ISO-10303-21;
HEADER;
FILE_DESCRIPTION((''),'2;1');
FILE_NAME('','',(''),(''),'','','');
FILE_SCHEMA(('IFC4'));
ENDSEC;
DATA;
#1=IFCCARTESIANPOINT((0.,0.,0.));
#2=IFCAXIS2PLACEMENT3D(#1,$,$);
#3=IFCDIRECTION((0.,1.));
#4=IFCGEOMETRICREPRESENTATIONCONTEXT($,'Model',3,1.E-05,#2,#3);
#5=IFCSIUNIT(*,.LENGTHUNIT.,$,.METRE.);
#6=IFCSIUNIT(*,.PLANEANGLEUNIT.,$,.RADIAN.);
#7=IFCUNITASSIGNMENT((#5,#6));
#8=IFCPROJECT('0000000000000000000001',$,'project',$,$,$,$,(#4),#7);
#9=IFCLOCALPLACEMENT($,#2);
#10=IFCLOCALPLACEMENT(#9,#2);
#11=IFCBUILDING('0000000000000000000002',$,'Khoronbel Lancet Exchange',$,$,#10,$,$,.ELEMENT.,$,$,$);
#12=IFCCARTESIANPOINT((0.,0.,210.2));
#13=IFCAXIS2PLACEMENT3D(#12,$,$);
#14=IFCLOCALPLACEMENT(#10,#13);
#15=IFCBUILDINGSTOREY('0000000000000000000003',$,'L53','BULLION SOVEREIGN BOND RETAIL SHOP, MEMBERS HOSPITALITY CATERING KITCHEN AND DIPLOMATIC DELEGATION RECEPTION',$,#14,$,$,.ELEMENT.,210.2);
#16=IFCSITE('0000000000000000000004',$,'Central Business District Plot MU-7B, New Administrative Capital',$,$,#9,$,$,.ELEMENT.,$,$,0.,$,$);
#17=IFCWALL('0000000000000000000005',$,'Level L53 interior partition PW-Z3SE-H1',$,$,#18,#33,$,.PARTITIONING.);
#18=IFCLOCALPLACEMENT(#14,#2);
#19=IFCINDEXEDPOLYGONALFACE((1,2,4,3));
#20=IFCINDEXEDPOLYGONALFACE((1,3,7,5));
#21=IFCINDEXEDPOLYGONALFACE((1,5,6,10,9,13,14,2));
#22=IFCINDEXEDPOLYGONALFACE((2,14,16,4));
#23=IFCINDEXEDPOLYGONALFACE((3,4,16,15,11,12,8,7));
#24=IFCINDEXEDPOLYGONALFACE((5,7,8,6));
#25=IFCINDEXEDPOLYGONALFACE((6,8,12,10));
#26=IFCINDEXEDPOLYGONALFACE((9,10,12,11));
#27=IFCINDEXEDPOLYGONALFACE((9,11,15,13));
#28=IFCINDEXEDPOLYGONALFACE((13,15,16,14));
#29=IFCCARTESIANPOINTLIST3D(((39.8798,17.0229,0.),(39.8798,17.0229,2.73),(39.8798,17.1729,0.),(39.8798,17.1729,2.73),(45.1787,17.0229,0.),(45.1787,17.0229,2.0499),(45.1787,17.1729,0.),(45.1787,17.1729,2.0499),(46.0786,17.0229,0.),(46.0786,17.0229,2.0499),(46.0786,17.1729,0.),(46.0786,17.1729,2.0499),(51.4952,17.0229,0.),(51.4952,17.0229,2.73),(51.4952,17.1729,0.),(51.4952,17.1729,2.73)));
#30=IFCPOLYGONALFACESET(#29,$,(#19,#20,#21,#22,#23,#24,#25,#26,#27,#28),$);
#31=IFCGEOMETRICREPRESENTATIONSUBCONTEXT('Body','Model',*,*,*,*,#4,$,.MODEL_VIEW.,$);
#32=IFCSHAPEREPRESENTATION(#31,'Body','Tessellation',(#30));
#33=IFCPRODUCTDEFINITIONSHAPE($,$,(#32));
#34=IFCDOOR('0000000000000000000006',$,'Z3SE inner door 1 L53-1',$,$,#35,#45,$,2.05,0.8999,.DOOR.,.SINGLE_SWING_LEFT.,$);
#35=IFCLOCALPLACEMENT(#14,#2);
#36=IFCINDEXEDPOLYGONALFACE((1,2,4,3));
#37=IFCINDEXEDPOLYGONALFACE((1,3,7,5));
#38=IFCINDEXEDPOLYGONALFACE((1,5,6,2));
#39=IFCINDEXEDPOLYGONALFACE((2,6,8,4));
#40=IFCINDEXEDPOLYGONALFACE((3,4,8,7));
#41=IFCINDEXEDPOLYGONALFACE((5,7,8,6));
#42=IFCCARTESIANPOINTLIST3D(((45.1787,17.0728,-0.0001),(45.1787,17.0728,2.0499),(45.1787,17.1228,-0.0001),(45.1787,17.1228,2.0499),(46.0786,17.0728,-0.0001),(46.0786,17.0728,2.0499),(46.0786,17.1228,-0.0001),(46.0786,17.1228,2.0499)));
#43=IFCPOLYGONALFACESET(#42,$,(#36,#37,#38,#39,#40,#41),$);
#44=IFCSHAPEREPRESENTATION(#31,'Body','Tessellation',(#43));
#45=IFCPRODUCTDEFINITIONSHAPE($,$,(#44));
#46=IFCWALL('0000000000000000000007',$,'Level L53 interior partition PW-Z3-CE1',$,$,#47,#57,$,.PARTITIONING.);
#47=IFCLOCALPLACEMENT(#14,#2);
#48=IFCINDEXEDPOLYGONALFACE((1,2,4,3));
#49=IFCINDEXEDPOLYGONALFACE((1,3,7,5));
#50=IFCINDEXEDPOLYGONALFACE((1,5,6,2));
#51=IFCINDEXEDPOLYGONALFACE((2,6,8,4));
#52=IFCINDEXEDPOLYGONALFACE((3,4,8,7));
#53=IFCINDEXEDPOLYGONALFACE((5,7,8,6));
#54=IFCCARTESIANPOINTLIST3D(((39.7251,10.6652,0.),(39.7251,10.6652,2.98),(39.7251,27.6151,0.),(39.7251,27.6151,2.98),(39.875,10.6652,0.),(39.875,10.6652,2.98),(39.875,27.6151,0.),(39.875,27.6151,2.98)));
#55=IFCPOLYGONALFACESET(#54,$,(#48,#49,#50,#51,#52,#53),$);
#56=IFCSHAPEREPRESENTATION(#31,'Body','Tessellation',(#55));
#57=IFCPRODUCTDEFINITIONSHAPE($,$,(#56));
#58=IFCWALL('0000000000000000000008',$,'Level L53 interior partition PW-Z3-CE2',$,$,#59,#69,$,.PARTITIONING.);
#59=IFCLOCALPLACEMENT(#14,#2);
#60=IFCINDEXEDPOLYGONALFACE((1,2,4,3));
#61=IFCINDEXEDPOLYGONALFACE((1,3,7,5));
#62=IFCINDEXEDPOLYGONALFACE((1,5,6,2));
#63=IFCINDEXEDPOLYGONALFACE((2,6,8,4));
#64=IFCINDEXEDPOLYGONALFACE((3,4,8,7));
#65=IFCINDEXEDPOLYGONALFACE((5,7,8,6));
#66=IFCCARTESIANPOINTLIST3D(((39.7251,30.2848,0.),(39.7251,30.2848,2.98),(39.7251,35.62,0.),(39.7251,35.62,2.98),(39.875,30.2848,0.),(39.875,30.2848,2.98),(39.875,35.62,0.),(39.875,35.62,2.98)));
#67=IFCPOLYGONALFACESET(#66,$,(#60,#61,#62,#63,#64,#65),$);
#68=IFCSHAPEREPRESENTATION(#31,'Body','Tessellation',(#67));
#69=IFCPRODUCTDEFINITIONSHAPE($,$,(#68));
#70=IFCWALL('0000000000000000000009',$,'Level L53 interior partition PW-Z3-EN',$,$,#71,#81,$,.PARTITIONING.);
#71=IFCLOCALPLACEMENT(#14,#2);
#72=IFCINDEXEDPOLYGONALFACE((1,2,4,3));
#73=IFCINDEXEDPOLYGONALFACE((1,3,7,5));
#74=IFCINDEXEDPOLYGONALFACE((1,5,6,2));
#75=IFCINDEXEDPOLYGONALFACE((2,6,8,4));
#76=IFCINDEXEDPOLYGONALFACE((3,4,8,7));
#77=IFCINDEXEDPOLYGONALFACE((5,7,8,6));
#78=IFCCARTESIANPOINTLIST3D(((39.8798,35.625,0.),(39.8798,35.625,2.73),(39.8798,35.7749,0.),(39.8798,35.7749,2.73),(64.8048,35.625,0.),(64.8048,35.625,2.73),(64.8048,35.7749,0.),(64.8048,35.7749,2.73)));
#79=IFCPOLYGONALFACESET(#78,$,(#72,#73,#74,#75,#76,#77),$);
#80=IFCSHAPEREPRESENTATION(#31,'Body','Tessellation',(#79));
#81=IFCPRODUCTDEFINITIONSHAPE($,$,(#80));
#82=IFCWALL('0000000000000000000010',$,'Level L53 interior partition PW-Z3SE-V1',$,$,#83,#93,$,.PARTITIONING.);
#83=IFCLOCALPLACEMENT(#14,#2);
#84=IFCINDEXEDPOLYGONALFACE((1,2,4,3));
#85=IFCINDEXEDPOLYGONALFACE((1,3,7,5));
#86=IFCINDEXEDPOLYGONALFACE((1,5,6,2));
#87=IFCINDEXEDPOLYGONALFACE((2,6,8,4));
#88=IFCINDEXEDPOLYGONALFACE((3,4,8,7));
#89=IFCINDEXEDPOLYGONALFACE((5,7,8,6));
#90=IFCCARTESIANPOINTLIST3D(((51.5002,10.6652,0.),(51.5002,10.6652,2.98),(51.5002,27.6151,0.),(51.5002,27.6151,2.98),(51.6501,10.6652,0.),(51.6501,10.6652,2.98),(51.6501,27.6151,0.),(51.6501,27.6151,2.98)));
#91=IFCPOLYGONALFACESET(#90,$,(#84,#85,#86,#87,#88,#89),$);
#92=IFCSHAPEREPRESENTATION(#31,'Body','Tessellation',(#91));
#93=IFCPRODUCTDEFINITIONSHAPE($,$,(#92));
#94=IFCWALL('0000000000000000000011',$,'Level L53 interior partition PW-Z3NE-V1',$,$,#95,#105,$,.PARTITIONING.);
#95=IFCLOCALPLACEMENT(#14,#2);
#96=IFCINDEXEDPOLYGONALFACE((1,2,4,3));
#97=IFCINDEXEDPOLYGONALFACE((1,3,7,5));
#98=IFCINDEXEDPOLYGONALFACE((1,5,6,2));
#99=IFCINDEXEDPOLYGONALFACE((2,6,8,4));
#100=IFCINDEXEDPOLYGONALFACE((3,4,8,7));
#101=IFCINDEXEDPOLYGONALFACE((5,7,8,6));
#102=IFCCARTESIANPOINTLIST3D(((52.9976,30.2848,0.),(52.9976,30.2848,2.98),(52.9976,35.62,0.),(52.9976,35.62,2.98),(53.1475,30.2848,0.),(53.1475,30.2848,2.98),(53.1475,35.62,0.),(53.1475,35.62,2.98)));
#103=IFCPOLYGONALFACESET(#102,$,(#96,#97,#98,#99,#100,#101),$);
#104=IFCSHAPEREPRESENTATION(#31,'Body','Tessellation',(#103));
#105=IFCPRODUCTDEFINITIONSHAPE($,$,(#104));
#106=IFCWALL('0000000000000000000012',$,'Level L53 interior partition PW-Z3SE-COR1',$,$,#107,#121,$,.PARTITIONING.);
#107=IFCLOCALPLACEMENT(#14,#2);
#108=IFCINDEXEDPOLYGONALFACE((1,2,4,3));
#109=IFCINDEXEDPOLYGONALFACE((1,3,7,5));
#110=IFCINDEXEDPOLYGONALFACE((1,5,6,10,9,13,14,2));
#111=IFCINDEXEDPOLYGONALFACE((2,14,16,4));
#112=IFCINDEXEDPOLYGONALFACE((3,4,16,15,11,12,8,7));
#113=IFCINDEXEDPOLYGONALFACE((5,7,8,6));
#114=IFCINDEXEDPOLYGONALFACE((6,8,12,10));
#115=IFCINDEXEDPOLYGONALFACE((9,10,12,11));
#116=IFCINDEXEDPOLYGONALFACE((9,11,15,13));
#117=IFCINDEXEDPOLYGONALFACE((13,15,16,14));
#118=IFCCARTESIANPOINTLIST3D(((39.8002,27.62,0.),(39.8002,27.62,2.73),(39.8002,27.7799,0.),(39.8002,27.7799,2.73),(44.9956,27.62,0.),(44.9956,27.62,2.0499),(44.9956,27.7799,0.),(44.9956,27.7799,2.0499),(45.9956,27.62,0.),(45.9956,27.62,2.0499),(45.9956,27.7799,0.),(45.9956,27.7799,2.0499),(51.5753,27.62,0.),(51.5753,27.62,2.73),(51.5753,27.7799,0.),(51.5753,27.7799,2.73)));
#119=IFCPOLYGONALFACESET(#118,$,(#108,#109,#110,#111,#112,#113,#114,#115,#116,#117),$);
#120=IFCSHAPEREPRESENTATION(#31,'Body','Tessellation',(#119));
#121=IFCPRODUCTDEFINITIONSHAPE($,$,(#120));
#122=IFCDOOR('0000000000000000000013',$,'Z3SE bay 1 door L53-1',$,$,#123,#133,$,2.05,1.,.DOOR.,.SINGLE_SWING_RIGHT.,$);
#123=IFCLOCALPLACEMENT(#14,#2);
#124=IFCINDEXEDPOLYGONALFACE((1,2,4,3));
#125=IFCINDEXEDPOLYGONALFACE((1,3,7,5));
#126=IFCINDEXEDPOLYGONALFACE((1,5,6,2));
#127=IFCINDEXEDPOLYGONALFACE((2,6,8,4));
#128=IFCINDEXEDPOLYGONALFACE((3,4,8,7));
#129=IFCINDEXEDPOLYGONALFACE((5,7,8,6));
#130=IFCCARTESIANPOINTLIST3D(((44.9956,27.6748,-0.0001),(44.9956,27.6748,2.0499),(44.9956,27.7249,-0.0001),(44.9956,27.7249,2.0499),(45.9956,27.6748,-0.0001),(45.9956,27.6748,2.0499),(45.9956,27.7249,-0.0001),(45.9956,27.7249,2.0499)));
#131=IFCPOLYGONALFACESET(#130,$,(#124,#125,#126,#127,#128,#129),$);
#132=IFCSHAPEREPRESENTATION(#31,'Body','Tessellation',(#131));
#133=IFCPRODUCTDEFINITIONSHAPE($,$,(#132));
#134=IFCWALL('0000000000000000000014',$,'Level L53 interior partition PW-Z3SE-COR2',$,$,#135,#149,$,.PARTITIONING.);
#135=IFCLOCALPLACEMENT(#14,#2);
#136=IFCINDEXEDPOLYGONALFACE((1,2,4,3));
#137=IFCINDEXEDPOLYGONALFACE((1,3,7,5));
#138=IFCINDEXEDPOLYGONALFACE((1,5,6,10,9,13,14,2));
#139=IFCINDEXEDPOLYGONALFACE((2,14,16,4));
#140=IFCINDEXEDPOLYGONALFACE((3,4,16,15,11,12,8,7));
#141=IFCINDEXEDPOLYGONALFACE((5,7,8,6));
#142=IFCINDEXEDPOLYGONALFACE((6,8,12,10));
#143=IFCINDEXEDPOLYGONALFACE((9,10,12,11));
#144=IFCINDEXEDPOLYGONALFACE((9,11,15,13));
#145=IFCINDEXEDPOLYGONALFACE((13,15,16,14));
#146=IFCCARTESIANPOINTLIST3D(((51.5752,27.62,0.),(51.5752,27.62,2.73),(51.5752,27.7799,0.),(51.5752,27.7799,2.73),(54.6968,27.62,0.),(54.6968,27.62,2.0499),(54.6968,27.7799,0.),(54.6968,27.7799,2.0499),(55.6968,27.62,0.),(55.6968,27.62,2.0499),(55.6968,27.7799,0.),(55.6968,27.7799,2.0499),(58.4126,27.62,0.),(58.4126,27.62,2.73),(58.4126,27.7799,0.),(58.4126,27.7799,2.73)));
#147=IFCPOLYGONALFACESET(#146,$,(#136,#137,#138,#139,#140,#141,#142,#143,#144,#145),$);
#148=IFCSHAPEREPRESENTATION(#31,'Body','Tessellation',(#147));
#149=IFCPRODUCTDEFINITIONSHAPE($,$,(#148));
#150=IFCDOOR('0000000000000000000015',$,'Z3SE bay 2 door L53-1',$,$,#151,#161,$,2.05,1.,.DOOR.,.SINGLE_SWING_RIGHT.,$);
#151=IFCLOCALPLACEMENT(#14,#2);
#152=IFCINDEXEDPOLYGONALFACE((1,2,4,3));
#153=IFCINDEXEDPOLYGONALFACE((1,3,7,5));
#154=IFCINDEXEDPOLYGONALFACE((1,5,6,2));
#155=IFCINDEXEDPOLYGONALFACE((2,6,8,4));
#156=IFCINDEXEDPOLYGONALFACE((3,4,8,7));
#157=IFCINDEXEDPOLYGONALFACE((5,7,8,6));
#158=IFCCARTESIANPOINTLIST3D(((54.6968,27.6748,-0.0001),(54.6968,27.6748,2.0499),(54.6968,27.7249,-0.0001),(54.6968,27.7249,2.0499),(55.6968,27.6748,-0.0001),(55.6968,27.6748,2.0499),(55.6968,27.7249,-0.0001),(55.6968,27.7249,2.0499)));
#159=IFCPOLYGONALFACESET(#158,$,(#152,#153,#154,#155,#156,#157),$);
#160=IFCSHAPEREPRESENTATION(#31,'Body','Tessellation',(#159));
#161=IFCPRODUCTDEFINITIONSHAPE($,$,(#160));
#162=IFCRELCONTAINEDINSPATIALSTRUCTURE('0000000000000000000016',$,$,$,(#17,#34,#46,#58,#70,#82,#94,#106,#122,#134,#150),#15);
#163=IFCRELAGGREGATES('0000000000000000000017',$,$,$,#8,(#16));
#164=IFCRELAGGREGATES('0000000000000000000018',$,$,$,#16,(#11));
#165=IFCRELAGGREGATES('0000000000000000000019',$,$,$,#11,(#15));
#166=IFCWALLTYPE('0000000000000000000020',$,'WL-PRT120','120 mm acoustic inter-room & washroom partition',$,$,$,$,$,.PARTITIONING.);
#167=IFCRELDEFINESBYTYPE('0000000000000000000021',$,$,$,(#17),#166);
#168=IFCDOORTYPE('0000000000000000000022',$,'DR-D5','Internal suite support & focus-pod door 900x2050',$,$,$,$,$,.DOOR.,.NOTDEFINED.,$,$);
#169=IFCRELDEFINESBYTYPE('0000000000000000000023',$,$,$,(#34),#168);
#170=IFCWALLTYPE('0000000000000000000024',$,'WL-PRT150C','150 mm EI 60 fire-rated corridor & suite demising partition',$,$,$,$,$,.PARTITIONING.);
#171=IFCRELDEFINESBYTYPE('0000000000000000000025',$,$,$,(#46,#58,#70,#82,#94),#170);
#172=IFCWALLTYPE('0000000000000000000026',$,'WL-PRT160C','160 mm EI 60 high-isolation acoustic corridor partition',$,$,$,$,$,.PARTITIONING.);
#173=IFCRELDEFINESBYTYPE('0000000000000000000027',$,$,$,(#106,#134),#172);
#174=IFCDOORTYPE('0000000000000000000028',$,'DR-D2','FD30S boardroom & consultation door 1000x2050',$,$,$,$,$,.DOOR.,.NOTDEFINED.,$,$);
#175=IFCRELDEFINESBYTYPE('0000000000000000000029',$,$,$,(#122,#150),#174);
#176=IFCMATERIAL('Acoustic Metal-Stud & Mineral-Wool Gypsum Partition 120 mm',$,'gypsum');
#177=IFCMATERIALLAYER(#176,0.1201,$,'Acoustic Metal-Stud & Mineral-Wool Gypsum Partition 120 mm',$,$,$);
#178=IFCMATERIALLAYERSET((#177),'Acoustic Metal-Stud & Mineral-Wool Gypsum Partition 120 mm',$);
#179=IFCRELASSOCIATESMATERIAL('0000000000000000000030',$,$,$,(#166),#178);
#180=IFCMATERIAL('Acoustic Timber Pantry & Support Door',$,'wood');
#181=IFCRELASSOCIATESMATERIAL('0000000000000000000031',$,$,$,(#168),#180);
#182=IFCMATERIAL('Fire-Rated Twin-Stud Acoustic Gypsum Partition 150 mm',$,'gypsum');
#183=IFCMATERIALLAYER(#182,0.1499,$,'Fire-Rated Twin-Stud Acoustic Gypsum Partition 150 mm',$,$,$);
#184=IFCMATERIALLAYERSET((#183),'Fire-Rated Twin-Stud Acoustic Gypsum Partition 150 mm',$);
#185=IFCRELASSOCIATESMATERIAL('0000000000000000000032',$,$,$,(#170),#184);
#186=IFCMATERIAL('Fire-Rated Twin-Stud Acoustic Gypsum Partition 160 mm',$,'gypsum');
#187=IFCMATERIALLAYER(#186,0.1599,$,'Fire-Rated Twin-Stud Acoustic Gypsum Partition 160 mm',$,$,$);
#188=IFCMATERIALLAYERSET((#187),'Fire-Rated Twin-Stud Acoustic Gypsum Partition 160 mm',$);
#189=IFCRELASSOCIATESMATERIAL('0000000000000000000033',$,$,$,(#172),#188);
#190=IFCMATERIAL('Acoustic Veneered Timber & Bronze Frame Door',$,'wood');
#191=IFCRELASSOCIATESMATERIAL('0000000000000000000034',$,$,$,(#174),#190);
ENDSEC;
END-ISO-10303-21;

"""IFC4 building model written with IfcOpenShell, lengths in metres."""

from ifc_helpers import new_model, si_unit, direction, frame, frame_2d, origin, place, context, subcontext, project, spatial, rectangle, extrude, material, layer, layer_set, type_object, element, fill, save


model = new_model("IFC4")

# Units and contexts
model_context = context("Model", 3, precision=1e-05, world=origin(), true_north=direction((0.0, 1.0)))
body_context = subcontext(model_context, "Body", "Model", "MODEL_VIEW")
ifc_project = project(units=[si_unit("LENGTHUNIT", "METRE"), si_unit("PLANEANGLEUNIT", "RADIAN")], contexts=[model_context])

# Site, building, storey
site_placement = place(None, origin())
site = spatial("IfcSite", under=ifc_project, at=site_placement, Name="Central Business District Plot MU-7B, New Administrative Capital", CompositionType="ELEMENT", RefElevation=0.0)
building_placement = place(site_placement, origin())
building = spatial("IfcBuilding", under=site, at=building_placement, Name="Khoronbel Lancet Exchange", CompositionType="ELEMENT")
storey_placement = place(building_placement, frame((0.0, 0.0, 210.2)))
storey = spatial("IfcBuildingStorey", under=building, at=storey_placement, Name="L53", Description="BULLION SOVEREIGN BOND RETAIL SHOP, MEMBERS HOSPITALITY CATERING KITCHEN AND DIPLOMATIC DELEGATION RECEPTION", CompositionType="ELEMENT", Elevation=210.2)

# Wall, opening, door
ifc_material_1 = material(Name="Acoustic Metal-Stud & Mineral-Wool Gypsum Partition 120 mm", Category="gypsum")
ifc_layer_1 = layer(ifc_material_1, 0.1201, Name="Acoustic Metal-Stud & Mineral-Wool Gypsum Partition 120 mm")
ifc_layer_set_1 = layer_set([ifc_layer_1], Name="Acoustic Metal-Stud & Mineral-Wool Gypsum Partition 120 mm")
wall_type_1 = type_object("IfcWallType", Name="WL-PRT120", Description="120 mm acoustic inter-room & washroom partition", PredefinedType="PARTITIONING", material=ifc_layer_set_1)
wall_1_placement = place(storey_placement, frame((39.8799, 17.0979, 0.0), z_axis=(0.0, 0.0, 1.0), x_axis=(1.0, 0.0, 0.0)))
wall_1 = element("IfcWall", 1, at=wall_1_placement, inside=storey, type_object=wall_type_1, Name="Level L53 interior partition PW-Z3SE-H1", PredefinedType="PARTITIONING", context=body_context, shape_type="SweptSolid", body=[
    extrude(rectangle(XDim=11.6155, YDim=0.1499, at=frame_2d((5.8076, 0.0))), origin(), (0.0, 0.0, 1.0), 2.73),
])
opening_1_placement = place(wall_1_placement, frame((5.2988, 0.0, 0.0)))
opening_1 = element("IfcOpeningElement", 2, at=opening_1_placement, cuts=wall_1, PredefinedType="OPENING", context=body_context, shape_type="SweptSolid", body=[
    extrude(rectangle(XDim=0.8999, YDim=2.05, at=frame_2d((0.45, 1.0249))), frame((0.0, 0.085, 0.0), z_axis=(0.0, -1.0, 0.0), x_axis=(1.0, 0.0, 0.0)), (0.0, 0.0, 1.0), 0.1699),
])
ifc_material_2 = material(Name="Acoustic Timber Pantry & Support Door", Category="wood")
door_type_1 = type_object("IfcDoorType", Name="DR-D5", Description="Internal suite support & focus-pod door 900x2050", OperationType="NOTDEFINED", PredefinedType="DOOR", material=ifc_material_2)
door_1_placement = place(opening_1_placement, origin())
door_1 = element("IfcDoor", 3, at=door_1_placement, inside=storey, type_object=door_type_1, Name="Z3SE inner door 1 L53-1", OperationType="SINGLE_SWING_LEFT", OverallHeight=2.05, OverallWidth=0.8999, PredefinedType="DOOR", context=body_context, shape_type="SweptSolid", body=[
    extrude(rectangle(XDim=0.8999, YDim=2.05, at=frame_2d((0.45, 1.0249))), frame((0.0, 0.0249, 0.0), z_axis=(0.0, -1.0, 0.0), x_axis=(1.0, 0.0, 0.0)), (0.0, 0.0, 1.0), 0.05),
])
fill(opening_1, door_1)

# Walls
ifc_material_3 = material(Name="Fire-Rated Twin-Stud Acoustic Gypsum Partition 150 mm", Category="gypsum")
ifc_layer_2 = layer(ifc_material_3, 0.1499, Name="Fire-Rated Twin-Stud Acoustic Gypsum Partition 150 mm")
ifc_layer_set_2 = layer_set([ifc_layer_2], Name="Fire-Rated Twin-Stud Acoustic Gypsum Partition 150 mm")
wall_type_2 = type_object("IfcWallType", Name="WL-PRT150C", Description="150 mm EI 60 fire-rated corridor & suite demising partition", PredefinedType="PARTITIONING", material=ifc_layer_set_2)
wall_2_placement = place(storey_placement, frame((39.8, 10.665, 0.0), z_axis=(0.0, 0.0, 1.0), x_axis=(0.0, 1.0, 0.0)))
element("IfcWall", 4, at=wall_2_placement, inside=storey, type_object=wall_type_2, Name="Level L53 interior partition PW-Z3-CE1", PredefinedType="PARTITIONING", context=body_context, shape_type="SweptSolid", body=[
    extrude(rectangle(XDim=16.95, YDim=0.1499, at=frame_2d((8.4751, 0.0))), origin(), (0.0, 0.0, 1.0), 2.98),
])
wall_3_placement = place(storey_placement, frame((39.8, 30.2849, 0.0), z_axis=(0.0, 0.0, 1.0), x_axis=(0.0, 1.0, 0.0)))
element("IfcWall", 5, at=wall_3_placement, inside=storey, type_object=wall_type_2, Name="Level L53 interior partition PW-Z3-CE2", PredefinedType="PARTITIONING", context=body_context, shape_type="SweptSolid", body=[
    extrude(rectangle(XDim=5.3352, YDim=0.1499, at=frame_2d((2.6675, 0.0))), origin(), (0.0, 0.0, 1.0), 2.98),
])
wall_4_placement = place(storey_placement, frame((39.8799, 35.7, 0.0), z_axis=(0.0, 0.0, 1.0), x_axis=(1.0, 0.0, 0.0)))
element("IfcWall", 6, at=wall_4_placement, inside=storey, type_object=wall_type_2, Name="Level L53 interior partition PW-Z3-EN", PredefinedType="PARTITIONING", context=body_context, shape_type="SweptSolid", body=[
    extrude(rectangle(XDim=24.925, YDim=0.1499, at=frame_2d((12.4624, 0.0))), origin(), (0.0, 0.0, 1.0), 2.73),
])
wall_5_placement = place(storey_placement, frame((51.5752, 10.665, 0.0), z_axis=(0.0, 0.0, 1.0), x_axis=(0.0, 1.0, 0.0)))
element("IfcWall", 7, at=wall_5_placement, inside=storey, type_object=wall_type_2, Name="Level L53 interior partition PW-Z3SE-V1", PredefinedType="PARTITIONING", context=body_context, shape_type="SweptSolid", body=[
    extrude(rectangle(XDim=16.95, YDim=0.1499, at=frame_2d((8.4751, 0.0))), origin(), (0.0, 0.0, 1.0), 2.98),
])
wall_6_placement = place(storey_placement, frame((53.0725, 30.2849, 0.0), z_axis=(0.0, 0.0, 1.0), x_axis=(0.0, 1.0, 0.0)))
element("IfcWall", 8, at=wall_6_placement, inside=storey, type_object=wall_type_2, Name="Level L53 interior partition PW-Z3NE-V1", PredefinedType="PARTITIONING", context=body_context, shape_type="SweptSolid", body=[
    extrude(rectangle(XDim=5.3352, YDim=0.1499, at=frame_2d((2.6675, 0.0))), origin(), (0.0, 0.0, 1.0), 2.98),
])

# Walls, openings, doors
ifc_material_4 = material(Name="Fire-Rated Twin-Stud Acoustic Gypsum Partition 160 mm", Category="gypsum")
ifc_layer_3 = layer(ifc_material_4, 0.1599, Name="Fire-Rated Twin-Stud Acoustic Gypsum Partition 160 mm")
ifc_layer_set_3 = layer_set([ifc_layer_3], Name="Fire-Rated Twin-Stud Acoustic Gypsum Partition 160 mm")
wall_type_3 = type_object("IfcWallType", Name="WL-PRT160C", Description="160 mm EI 60 high-isolation acoustic corridor partition", PredefinedType="PARTITIONING", material=ifc_layer_set_3)
wall_7_placement = place(storey_placement, frame((39.8, 27.7, 0.0), z_axis=(0.0, 0.0, 1.0), x_axis=(1.0, 0.0, 0.0)))
wall_7 = element("IfcWall", 9, at=wall_7_placement, inside=storey, type_object=wall_type_3, Name="Level L53 interior partition PW-Z3SE-COR1", PredefinedType="PARTITIONING", context=body_context, shape_type="SweptSolid", body=[
    extrude(rectangle(XDim=11.7751, YDim=0.1599, at=frame_2d((5.8877, 0.0))), origin(), (0.0, 0.0, 1.0), 2.73),
])
opening_2_placement = place(wall_7_placement, frame((5.1956, 0.0, 0.0)))
opening_2 = element("IfcOpeningElement", 10, at=opening_2_placement, cuts=wall_7, PredefinedType="OPENING", context=body_context, shape_type="SweptSolid", body=[
    extrude(rectangle(XDim=1.0, YDim=2.05, at=frame_2d((0.5, 1.0249))), frame((0.0, 0.0898, 0.0), z_axis=(0.0, -1.0, 0.0), x_axis=(1.0, 0.0, 0.0)), (0.0, 0.0, 1.0), 0.1799),
])
ifc_material_5 = material(Name="Acoustic Veneered Timber & Bronze Frame Door", Category="wood")
door_type_2 = type_object("IfcDoorType", Name="DR-D2", Description="FD30S boardroom & consultation door 1000x2050", OperationType="NOTDEFINED", PredefinedType="DOOR", material=ifc_material_5)
door_2_placement = place(opening_2_placement, origin())
door_2 = element("IfcDoor", 11, at=door_2_placement, inside=storey, type_object=door_type_2, Name="Z3SE bay 1 door L53-1", OperationType="SINGLE_SWING_RIGHT", OverallHeight=2.05, OverallWidth=1.0, PredefinedType="DOOR", context=body_context, shape_type="SweptSolid", body=[
    extrude(rectangle(XDim=1.0, YDim=2.05, at=frame_2d((0.5, 1.0249))), frame((0.0, 0.0249, 0.0), z_axis=(0.0, -1.0, 0.0), x_axis=(1.0, 0.0, 0.0)), (0.0, 0.0, 1.0), 0.05),
])
fill(opening_2, door_2)
wall_8_placement = place(storey_placement, frame((51.5752, 27.7, 0.0), z_axis=(0.0, 0.0, 1.0), x_axis=(1.0, 0.0, 0.0)))
wall_8 = element("IfcWall", 12, at=wall_8_placement, inside=storey, type_object=wall_type_3, Name="Level L53 interior partition PW-Z3SE-COR2", PredefinedType="PARTITIONING", context=body_context, shape_type="SweptSolid", body=[
    extrude(rectangle(XDim=6.8374, YDim=0.1599, at=frame_2d((3.4187, 0.0))), origin(), (0.0, 0.0, 1.0), 2.73),
])
opening_3_placement = place(wall_8_placement, frame((3.1216, 0.0, 0.0)))
opening_3 = element("IfcOpeningElement", 13, at=opening_3_placement, cuts=wall_8, PredefinedType="OPENING", context=body_context, shape_type="SweptSolid", body=[
    extrude(rectangle(XDim=1.0, YDim=2.05, at=frame_2d((0.5, 1.0249))), frame((0.0, 0.0898, 0.0), z_axis=(0.0, -1.0, 0.0), x_axis=(1.0, 0.0, 0.0)), (0.0, 0.0, 1.0), 0.1799),
])
door_3_placement = place(opening_3_placement, origin())
door_3 = element("IfcDoor", 14, at=door_3_placement, inside=storey, type_object=door_type_2, Name="Z3SE bay 2 door L53-1", OperationType="SINGLE_SWING_RIGHT", OverallHeight=2.05, OverallWidth=1.0, PredefinedType="DOOR", context=body_context, shape_type="SweptSolid", body=[
    extrude(rectangle(XDim=1.0, YDim=2.05, at=frame_2d((0.5, 1.0249))), frame((0.0, 0.0249, 0.0), z_axis=(0.0, -1.0, 0.0), x_axis=(1.0, 0.0, 0.0)), (0.0, 0.0, 1.0), 0.05),
])
fill(opening_3, door_3)

save(model, "model.ifc")
